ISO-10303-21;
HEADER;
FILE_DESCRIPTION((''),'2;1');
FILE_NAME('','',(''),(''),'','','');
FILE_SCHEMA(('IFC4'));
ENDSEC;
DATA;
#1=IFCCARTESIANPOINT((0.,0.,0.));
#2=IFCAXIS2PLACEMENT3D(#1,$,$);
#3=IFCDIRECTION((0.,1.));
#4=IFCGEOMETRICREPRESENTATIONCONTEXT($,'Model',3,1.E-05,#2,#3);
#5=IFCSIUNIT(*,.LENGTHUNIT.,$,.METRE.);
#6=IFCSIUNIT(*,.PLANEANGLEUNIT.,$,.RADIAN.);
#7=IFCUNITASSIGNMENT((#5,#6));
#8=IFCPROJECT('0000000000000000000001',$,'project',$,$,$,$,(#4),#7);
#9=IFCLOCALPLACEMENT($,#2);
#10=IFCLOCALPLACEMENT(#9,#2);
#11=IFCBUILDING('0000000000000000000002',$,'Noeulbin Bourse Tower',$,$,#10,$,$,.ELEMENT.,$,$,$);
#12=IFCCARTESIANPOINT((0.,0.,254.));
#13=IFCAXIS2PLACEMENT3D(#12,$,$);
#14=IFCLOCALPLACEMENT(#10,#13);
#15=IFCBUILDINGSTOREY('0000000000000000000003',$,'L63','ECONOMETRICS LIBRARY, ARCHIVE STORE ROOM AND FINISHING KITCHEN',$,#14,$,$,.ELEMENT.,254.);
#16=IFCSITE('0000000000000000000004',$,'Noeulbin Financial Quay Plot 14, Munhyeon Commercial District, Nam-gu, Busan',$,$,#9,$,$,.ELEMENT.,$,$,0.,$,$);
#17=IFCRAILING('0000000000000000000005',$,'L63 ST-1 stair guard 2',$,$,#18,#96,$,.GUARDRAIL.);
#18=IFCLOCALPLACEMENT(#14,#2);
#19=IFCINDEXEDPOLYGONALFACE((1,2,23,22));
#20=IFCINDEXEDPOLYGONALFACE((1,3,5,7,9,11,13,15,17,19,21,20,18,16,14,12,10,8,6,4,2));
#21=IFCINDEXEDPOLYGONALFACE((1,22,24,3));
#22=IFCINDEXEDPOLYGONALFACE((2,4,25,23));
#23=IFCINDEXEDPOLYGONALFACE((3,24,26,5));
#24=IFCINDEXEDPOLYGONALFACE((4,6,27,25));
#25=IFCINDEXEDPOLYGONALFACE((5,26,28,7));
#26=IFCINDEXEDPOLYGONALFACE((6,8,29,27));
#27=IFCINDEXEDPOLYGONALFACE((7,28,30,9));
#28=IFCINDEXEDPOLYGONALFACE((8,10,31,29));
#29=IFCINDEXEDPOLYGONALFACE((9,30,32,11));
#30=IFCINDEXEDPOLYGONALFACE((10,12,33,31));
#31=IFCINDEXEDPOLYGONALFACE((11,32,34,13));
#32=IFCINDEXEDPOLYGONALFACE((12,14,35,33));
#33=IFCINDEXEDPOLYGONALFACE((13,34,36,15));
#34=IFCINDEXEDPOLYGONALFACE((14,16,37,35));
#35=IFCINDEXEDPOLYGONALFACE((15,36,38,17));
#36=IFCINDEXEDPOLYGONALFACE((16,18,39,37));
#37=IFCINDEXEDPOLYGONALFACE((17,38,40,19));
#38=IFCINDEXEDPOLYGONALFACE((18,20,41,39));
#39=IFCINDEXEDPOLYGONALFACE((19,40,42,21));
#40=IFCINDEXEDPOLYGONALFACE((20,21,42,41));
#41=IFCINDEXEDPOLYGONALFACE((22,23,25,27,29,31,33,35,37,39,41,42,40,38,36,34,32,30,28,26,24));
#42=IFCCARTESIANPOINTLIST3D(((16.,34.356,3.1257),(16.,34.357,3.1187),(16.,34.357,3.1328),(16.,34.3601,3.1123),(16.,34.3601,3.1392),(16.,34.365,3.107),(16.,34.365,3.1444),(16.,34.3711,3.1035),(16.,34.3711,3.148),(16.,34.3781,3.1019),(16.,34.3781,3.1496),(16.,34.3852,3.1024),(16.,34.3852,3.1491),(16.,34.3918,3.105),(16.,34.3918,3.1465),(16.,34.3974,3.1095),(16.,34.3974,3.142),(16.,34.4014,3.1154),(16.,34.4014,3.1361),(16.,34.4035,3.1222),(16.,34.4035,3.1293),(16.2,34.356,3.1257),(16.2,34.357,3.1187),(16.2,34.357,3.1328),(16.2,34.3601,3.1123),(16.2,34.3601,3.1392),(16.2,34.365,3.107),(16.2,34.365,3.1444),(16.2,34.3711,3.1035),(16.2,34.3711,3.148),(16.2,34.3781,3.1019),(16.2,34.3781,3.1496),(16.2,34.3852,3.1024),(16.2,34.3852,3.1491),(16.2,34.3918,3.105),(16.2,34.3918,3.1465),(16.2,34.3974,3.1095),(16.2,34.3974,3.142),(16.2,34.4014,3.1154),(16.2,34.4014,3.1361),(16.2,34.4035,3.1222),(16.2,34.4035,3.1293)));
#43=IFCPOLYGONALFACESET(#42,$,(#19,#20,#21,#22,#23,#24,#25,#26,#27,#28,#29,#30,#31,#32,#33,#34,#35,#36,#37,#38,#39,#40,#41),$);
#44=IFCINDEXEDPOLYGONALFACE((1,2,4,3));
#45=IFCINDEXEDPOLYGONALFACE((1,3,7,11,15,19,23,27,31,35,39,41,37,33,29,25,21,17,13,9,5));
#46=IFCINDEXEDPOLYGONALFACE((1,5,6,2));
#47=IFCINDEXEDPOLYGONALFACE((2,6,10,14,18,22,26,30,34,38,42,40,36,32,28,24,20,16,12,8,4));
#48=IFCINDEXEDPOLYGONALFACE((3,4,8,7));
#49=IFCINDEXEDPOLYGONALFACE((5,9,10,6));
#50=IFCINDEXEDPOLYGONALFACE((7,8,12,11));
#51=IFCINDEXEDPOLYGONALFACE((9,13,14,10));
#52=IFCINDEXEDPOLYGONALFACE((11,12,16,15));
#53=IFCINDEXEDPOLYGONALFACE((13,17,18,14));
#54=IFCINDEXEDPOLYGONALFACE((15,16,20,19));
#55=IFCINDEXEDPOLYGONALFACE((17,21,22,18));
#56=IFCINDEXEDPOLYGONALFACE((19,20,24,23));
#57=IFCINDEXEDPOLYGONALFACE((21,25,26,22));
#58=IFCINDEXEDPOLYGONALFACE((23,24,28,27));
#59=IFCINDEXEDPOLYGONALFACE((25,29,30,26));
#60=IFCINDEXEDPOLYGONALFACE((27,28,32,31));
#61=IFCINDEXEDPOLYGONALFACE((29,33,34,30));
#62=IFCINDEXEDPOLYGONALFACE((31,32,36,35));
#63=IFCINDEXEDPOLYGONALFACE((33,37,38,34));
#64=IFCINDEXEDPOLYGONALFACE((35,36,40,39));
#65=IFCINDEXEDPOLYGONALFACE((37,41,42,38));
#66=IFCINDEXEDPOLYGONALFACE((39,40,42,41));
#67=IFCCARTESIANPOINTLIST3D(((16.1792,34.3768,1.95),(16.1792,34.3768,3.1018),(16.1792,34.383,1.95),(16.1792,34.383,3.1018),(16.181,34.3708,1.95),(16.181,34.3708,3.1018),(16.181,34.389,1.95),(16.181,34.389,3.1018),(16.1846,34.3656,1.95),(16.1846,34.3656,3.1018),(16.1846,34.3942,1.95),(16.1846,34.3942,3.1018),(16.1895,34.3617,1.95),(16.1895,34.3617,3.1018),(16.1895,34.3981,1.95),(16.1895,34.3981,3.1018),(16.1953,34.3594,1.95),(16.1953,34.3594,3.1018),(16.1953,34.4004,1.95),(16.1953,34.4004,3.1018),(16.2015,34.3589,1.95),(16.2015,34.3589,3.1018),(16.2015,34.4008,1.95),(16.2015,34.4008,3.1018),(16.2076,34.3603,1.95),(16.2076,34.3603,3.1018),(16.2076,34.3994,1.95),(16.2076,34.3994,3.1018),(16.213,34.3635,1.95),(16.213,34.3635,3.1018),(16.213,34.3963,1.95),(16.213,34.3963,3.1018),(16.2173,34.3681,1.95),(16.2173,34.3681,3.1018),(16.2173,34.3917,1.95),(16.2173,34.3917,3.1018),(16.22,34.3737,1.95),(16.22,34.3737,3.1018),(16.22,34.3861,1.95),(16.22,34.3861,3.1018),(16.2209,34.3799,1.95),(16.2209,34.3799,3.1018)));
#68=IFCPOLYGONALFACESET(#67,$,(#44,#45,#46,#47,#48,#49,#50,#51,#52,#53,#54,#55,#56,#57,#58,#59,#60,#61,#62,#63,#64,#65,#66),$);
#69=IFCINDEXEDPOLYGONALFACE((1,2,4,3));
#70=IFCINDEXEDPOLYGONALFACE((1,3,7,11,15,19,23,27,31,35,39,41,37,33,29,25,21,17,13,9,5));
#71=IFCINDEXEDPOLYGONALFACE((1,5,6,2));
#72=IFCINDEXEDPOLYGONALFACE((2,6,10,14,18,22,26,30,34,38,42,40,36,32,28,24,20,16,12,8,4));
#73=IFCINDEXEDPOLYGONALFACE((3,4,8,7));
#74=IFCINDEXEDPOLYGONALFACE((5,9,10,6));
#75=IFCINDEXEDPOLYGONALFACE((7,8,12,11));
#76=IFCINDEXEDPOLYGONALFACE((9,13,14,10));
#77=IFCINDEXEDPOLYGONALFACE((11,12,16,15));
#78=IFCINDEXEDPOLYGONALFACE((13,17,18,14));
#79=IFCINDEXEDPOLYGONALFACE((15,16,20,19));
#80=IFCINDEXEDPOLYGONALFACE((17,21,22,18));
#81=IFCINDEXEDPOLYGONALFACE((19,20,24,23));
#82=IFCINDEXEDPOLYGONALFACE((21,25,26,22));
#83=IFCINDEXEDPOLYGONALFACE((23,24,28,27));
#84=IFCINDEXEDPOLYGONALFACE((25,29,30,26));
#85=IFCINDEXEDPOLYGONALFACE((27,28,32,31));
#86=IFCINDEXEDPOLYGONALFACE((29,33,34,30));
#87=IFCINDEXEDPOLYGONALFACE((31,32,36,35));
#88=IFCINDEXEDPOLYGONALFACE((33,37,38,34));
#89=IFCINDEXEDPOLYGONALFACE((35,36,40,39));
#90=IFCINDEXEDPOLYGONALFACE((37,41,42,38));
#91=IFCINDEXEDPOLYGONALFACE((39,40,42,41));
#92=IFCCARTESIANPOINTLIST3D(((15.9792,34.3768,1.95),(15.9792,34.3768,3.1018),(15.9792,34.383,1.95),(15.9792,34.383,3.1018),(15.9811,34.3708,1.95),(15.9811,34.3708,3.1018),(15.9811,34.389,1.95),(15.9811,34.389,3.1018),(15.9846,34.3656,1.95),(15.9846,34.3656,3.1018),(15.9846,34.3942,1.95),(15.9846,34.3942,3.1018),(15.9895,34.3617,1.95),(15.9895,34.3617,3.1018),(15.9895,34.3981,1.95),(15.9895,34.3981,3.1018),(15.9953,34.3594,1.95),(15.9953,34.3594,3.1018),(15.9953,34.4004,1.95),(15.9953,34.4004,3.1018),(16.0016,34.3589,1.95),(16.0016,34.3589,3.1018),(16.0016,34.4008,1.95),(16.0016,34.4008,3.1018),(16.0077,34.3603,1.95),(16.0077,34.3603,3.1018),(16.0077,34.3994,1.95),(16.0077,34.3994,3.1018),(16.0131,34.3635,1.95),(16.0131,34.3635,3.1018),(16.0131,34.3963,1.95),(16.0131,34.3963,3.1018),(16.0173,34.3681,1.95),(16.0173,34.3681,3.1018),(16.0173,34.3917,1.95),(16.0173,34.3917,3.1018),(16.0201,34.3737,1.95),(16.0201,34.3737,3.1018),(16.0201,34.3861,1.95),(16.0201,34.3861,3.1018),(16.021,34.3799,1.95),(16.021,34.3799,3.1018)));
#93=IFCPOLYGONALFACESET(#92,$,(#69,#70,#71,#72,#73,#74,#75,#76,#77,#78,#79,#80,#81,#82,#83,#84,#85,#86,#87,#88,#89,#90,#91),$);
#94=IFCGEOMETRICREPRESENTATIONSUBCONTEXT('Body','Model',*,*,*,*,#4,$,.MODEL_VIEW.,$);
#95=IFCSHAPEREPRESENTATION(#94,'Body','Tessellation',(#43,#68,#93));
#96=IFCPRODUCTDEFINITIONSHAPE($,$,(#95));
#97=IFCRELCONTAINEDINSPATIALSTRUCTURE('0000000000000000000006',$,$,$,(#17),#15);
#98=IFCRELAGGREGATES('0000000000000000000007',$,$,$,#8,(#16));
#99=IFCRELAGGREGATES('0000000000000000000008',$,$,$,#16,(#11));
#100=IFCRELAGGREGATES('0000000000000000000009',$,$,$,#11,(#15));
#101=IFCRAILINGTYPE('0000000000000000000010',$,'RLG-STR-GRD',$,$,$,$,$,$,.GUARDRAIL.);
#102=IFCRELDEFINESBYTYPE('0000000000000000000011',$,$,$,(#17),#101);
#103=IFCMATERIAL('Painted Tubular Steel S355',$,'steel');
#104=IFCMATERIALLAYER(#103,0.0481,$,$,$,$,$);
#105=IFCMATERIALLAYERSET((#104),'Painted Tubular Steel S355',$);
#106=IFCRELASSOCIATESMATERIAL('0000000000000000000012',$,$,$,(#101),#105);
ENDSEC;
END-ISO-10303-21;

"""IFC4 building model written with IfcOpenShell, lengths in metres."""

from ifc_helpers import new_model, si_unit, direction, frame, origin, origin_2d, place, context, subcontext, project, spatial, circle, extrude, material, layer, layer_set, type_object, element, save


model = new_model("IFC4")

# Units and contexts
model_context = context("Model", 3, precision=1e-05, world=origin(), true_north=direction((0.0, 1.0)))
body_context = subcontext(model_context, "Body", "Model", "MODEL_VIEW")
ifc_project = project(units=[si_unit("LENGTHUNIT", "METRE"), si_unit("PLANEANGLEUNIT", "RADIAN")], contexts=[model_context])

# Site, building, storey
site_placement = place(None, origin())
site = spatial("IfcSite", under=ifc_project, at=site_placement, Name="Noeulbin Financial Quay Plot 14, Munhyeon Commercial District, Nam-gu, Busan", CompositionType="ELEMENT", RefElevation=0.0)
building_placement = place(site_placement, origin())
building = spatial("IfcBuilding", under=site, at=building_placement, Name="Noeulbin Bourse Tower", CompositionType="ELEMENT")
storey_placement = place(building_placement, frame((0.0, 0.0, 254.0)))
storey = spatial("IfcBuildingStorey", under=building, at=storey_placement, Name="L63", Description="ECONOMETRICS LIBRARY, ARCHIVE STORE ROOM AND FINISHING KITCHEN", CompositionType="ELEMENT", Elevation=254.0)

# Railing
ifc_material_1 = material(Name="Painted Tubular Steel S355", Category="steel")
ifc_layer_1 = layer(ifc_material_1, 0.0481)
ifc_layer_set_1 = layer_set([ifc_layer_1], Name="Painted Tubular Steel S355")
railing_type_1 = type_object("IfcRailingType", Name="RLG-STR-GRD", PredefinedType="GUARDRAIL", material=ifc_layer_set_1)
railing_1_placement = place(storey_placement, frame((16.2, 34.3799, 1.95)))
element("IfcRailing", 1, at=railing_1_placement, inside=storey, type_object=railing_type_1, Name="L63 ST-1 stair guard 2", PredefinedType="GUARDRAIL", context=body_context, shape_type="SweptSolid", body=[
    extrude(circle(Radius=0.0239, at=origin_2d()), frame((0.0, 0.0, 1.1758), z_axis=(-1.0, 0.0, 0.0), x_axis=(0.0, -1.0, 0.0)), (0.0, 0.0, 1.0), 0.2),
    extrude(circle(Radius=0.021, at=origin_2d()), origin(), (0.0, 0.0, 1.0), 1.1519),
    extrude(circle(Radius=0.021, at=origin_2d()), frame((-0.2, 0.0, 0.0)), (0.0, 0.0, 1.0), 1.1519),
])

save(model, "model.ifc")
